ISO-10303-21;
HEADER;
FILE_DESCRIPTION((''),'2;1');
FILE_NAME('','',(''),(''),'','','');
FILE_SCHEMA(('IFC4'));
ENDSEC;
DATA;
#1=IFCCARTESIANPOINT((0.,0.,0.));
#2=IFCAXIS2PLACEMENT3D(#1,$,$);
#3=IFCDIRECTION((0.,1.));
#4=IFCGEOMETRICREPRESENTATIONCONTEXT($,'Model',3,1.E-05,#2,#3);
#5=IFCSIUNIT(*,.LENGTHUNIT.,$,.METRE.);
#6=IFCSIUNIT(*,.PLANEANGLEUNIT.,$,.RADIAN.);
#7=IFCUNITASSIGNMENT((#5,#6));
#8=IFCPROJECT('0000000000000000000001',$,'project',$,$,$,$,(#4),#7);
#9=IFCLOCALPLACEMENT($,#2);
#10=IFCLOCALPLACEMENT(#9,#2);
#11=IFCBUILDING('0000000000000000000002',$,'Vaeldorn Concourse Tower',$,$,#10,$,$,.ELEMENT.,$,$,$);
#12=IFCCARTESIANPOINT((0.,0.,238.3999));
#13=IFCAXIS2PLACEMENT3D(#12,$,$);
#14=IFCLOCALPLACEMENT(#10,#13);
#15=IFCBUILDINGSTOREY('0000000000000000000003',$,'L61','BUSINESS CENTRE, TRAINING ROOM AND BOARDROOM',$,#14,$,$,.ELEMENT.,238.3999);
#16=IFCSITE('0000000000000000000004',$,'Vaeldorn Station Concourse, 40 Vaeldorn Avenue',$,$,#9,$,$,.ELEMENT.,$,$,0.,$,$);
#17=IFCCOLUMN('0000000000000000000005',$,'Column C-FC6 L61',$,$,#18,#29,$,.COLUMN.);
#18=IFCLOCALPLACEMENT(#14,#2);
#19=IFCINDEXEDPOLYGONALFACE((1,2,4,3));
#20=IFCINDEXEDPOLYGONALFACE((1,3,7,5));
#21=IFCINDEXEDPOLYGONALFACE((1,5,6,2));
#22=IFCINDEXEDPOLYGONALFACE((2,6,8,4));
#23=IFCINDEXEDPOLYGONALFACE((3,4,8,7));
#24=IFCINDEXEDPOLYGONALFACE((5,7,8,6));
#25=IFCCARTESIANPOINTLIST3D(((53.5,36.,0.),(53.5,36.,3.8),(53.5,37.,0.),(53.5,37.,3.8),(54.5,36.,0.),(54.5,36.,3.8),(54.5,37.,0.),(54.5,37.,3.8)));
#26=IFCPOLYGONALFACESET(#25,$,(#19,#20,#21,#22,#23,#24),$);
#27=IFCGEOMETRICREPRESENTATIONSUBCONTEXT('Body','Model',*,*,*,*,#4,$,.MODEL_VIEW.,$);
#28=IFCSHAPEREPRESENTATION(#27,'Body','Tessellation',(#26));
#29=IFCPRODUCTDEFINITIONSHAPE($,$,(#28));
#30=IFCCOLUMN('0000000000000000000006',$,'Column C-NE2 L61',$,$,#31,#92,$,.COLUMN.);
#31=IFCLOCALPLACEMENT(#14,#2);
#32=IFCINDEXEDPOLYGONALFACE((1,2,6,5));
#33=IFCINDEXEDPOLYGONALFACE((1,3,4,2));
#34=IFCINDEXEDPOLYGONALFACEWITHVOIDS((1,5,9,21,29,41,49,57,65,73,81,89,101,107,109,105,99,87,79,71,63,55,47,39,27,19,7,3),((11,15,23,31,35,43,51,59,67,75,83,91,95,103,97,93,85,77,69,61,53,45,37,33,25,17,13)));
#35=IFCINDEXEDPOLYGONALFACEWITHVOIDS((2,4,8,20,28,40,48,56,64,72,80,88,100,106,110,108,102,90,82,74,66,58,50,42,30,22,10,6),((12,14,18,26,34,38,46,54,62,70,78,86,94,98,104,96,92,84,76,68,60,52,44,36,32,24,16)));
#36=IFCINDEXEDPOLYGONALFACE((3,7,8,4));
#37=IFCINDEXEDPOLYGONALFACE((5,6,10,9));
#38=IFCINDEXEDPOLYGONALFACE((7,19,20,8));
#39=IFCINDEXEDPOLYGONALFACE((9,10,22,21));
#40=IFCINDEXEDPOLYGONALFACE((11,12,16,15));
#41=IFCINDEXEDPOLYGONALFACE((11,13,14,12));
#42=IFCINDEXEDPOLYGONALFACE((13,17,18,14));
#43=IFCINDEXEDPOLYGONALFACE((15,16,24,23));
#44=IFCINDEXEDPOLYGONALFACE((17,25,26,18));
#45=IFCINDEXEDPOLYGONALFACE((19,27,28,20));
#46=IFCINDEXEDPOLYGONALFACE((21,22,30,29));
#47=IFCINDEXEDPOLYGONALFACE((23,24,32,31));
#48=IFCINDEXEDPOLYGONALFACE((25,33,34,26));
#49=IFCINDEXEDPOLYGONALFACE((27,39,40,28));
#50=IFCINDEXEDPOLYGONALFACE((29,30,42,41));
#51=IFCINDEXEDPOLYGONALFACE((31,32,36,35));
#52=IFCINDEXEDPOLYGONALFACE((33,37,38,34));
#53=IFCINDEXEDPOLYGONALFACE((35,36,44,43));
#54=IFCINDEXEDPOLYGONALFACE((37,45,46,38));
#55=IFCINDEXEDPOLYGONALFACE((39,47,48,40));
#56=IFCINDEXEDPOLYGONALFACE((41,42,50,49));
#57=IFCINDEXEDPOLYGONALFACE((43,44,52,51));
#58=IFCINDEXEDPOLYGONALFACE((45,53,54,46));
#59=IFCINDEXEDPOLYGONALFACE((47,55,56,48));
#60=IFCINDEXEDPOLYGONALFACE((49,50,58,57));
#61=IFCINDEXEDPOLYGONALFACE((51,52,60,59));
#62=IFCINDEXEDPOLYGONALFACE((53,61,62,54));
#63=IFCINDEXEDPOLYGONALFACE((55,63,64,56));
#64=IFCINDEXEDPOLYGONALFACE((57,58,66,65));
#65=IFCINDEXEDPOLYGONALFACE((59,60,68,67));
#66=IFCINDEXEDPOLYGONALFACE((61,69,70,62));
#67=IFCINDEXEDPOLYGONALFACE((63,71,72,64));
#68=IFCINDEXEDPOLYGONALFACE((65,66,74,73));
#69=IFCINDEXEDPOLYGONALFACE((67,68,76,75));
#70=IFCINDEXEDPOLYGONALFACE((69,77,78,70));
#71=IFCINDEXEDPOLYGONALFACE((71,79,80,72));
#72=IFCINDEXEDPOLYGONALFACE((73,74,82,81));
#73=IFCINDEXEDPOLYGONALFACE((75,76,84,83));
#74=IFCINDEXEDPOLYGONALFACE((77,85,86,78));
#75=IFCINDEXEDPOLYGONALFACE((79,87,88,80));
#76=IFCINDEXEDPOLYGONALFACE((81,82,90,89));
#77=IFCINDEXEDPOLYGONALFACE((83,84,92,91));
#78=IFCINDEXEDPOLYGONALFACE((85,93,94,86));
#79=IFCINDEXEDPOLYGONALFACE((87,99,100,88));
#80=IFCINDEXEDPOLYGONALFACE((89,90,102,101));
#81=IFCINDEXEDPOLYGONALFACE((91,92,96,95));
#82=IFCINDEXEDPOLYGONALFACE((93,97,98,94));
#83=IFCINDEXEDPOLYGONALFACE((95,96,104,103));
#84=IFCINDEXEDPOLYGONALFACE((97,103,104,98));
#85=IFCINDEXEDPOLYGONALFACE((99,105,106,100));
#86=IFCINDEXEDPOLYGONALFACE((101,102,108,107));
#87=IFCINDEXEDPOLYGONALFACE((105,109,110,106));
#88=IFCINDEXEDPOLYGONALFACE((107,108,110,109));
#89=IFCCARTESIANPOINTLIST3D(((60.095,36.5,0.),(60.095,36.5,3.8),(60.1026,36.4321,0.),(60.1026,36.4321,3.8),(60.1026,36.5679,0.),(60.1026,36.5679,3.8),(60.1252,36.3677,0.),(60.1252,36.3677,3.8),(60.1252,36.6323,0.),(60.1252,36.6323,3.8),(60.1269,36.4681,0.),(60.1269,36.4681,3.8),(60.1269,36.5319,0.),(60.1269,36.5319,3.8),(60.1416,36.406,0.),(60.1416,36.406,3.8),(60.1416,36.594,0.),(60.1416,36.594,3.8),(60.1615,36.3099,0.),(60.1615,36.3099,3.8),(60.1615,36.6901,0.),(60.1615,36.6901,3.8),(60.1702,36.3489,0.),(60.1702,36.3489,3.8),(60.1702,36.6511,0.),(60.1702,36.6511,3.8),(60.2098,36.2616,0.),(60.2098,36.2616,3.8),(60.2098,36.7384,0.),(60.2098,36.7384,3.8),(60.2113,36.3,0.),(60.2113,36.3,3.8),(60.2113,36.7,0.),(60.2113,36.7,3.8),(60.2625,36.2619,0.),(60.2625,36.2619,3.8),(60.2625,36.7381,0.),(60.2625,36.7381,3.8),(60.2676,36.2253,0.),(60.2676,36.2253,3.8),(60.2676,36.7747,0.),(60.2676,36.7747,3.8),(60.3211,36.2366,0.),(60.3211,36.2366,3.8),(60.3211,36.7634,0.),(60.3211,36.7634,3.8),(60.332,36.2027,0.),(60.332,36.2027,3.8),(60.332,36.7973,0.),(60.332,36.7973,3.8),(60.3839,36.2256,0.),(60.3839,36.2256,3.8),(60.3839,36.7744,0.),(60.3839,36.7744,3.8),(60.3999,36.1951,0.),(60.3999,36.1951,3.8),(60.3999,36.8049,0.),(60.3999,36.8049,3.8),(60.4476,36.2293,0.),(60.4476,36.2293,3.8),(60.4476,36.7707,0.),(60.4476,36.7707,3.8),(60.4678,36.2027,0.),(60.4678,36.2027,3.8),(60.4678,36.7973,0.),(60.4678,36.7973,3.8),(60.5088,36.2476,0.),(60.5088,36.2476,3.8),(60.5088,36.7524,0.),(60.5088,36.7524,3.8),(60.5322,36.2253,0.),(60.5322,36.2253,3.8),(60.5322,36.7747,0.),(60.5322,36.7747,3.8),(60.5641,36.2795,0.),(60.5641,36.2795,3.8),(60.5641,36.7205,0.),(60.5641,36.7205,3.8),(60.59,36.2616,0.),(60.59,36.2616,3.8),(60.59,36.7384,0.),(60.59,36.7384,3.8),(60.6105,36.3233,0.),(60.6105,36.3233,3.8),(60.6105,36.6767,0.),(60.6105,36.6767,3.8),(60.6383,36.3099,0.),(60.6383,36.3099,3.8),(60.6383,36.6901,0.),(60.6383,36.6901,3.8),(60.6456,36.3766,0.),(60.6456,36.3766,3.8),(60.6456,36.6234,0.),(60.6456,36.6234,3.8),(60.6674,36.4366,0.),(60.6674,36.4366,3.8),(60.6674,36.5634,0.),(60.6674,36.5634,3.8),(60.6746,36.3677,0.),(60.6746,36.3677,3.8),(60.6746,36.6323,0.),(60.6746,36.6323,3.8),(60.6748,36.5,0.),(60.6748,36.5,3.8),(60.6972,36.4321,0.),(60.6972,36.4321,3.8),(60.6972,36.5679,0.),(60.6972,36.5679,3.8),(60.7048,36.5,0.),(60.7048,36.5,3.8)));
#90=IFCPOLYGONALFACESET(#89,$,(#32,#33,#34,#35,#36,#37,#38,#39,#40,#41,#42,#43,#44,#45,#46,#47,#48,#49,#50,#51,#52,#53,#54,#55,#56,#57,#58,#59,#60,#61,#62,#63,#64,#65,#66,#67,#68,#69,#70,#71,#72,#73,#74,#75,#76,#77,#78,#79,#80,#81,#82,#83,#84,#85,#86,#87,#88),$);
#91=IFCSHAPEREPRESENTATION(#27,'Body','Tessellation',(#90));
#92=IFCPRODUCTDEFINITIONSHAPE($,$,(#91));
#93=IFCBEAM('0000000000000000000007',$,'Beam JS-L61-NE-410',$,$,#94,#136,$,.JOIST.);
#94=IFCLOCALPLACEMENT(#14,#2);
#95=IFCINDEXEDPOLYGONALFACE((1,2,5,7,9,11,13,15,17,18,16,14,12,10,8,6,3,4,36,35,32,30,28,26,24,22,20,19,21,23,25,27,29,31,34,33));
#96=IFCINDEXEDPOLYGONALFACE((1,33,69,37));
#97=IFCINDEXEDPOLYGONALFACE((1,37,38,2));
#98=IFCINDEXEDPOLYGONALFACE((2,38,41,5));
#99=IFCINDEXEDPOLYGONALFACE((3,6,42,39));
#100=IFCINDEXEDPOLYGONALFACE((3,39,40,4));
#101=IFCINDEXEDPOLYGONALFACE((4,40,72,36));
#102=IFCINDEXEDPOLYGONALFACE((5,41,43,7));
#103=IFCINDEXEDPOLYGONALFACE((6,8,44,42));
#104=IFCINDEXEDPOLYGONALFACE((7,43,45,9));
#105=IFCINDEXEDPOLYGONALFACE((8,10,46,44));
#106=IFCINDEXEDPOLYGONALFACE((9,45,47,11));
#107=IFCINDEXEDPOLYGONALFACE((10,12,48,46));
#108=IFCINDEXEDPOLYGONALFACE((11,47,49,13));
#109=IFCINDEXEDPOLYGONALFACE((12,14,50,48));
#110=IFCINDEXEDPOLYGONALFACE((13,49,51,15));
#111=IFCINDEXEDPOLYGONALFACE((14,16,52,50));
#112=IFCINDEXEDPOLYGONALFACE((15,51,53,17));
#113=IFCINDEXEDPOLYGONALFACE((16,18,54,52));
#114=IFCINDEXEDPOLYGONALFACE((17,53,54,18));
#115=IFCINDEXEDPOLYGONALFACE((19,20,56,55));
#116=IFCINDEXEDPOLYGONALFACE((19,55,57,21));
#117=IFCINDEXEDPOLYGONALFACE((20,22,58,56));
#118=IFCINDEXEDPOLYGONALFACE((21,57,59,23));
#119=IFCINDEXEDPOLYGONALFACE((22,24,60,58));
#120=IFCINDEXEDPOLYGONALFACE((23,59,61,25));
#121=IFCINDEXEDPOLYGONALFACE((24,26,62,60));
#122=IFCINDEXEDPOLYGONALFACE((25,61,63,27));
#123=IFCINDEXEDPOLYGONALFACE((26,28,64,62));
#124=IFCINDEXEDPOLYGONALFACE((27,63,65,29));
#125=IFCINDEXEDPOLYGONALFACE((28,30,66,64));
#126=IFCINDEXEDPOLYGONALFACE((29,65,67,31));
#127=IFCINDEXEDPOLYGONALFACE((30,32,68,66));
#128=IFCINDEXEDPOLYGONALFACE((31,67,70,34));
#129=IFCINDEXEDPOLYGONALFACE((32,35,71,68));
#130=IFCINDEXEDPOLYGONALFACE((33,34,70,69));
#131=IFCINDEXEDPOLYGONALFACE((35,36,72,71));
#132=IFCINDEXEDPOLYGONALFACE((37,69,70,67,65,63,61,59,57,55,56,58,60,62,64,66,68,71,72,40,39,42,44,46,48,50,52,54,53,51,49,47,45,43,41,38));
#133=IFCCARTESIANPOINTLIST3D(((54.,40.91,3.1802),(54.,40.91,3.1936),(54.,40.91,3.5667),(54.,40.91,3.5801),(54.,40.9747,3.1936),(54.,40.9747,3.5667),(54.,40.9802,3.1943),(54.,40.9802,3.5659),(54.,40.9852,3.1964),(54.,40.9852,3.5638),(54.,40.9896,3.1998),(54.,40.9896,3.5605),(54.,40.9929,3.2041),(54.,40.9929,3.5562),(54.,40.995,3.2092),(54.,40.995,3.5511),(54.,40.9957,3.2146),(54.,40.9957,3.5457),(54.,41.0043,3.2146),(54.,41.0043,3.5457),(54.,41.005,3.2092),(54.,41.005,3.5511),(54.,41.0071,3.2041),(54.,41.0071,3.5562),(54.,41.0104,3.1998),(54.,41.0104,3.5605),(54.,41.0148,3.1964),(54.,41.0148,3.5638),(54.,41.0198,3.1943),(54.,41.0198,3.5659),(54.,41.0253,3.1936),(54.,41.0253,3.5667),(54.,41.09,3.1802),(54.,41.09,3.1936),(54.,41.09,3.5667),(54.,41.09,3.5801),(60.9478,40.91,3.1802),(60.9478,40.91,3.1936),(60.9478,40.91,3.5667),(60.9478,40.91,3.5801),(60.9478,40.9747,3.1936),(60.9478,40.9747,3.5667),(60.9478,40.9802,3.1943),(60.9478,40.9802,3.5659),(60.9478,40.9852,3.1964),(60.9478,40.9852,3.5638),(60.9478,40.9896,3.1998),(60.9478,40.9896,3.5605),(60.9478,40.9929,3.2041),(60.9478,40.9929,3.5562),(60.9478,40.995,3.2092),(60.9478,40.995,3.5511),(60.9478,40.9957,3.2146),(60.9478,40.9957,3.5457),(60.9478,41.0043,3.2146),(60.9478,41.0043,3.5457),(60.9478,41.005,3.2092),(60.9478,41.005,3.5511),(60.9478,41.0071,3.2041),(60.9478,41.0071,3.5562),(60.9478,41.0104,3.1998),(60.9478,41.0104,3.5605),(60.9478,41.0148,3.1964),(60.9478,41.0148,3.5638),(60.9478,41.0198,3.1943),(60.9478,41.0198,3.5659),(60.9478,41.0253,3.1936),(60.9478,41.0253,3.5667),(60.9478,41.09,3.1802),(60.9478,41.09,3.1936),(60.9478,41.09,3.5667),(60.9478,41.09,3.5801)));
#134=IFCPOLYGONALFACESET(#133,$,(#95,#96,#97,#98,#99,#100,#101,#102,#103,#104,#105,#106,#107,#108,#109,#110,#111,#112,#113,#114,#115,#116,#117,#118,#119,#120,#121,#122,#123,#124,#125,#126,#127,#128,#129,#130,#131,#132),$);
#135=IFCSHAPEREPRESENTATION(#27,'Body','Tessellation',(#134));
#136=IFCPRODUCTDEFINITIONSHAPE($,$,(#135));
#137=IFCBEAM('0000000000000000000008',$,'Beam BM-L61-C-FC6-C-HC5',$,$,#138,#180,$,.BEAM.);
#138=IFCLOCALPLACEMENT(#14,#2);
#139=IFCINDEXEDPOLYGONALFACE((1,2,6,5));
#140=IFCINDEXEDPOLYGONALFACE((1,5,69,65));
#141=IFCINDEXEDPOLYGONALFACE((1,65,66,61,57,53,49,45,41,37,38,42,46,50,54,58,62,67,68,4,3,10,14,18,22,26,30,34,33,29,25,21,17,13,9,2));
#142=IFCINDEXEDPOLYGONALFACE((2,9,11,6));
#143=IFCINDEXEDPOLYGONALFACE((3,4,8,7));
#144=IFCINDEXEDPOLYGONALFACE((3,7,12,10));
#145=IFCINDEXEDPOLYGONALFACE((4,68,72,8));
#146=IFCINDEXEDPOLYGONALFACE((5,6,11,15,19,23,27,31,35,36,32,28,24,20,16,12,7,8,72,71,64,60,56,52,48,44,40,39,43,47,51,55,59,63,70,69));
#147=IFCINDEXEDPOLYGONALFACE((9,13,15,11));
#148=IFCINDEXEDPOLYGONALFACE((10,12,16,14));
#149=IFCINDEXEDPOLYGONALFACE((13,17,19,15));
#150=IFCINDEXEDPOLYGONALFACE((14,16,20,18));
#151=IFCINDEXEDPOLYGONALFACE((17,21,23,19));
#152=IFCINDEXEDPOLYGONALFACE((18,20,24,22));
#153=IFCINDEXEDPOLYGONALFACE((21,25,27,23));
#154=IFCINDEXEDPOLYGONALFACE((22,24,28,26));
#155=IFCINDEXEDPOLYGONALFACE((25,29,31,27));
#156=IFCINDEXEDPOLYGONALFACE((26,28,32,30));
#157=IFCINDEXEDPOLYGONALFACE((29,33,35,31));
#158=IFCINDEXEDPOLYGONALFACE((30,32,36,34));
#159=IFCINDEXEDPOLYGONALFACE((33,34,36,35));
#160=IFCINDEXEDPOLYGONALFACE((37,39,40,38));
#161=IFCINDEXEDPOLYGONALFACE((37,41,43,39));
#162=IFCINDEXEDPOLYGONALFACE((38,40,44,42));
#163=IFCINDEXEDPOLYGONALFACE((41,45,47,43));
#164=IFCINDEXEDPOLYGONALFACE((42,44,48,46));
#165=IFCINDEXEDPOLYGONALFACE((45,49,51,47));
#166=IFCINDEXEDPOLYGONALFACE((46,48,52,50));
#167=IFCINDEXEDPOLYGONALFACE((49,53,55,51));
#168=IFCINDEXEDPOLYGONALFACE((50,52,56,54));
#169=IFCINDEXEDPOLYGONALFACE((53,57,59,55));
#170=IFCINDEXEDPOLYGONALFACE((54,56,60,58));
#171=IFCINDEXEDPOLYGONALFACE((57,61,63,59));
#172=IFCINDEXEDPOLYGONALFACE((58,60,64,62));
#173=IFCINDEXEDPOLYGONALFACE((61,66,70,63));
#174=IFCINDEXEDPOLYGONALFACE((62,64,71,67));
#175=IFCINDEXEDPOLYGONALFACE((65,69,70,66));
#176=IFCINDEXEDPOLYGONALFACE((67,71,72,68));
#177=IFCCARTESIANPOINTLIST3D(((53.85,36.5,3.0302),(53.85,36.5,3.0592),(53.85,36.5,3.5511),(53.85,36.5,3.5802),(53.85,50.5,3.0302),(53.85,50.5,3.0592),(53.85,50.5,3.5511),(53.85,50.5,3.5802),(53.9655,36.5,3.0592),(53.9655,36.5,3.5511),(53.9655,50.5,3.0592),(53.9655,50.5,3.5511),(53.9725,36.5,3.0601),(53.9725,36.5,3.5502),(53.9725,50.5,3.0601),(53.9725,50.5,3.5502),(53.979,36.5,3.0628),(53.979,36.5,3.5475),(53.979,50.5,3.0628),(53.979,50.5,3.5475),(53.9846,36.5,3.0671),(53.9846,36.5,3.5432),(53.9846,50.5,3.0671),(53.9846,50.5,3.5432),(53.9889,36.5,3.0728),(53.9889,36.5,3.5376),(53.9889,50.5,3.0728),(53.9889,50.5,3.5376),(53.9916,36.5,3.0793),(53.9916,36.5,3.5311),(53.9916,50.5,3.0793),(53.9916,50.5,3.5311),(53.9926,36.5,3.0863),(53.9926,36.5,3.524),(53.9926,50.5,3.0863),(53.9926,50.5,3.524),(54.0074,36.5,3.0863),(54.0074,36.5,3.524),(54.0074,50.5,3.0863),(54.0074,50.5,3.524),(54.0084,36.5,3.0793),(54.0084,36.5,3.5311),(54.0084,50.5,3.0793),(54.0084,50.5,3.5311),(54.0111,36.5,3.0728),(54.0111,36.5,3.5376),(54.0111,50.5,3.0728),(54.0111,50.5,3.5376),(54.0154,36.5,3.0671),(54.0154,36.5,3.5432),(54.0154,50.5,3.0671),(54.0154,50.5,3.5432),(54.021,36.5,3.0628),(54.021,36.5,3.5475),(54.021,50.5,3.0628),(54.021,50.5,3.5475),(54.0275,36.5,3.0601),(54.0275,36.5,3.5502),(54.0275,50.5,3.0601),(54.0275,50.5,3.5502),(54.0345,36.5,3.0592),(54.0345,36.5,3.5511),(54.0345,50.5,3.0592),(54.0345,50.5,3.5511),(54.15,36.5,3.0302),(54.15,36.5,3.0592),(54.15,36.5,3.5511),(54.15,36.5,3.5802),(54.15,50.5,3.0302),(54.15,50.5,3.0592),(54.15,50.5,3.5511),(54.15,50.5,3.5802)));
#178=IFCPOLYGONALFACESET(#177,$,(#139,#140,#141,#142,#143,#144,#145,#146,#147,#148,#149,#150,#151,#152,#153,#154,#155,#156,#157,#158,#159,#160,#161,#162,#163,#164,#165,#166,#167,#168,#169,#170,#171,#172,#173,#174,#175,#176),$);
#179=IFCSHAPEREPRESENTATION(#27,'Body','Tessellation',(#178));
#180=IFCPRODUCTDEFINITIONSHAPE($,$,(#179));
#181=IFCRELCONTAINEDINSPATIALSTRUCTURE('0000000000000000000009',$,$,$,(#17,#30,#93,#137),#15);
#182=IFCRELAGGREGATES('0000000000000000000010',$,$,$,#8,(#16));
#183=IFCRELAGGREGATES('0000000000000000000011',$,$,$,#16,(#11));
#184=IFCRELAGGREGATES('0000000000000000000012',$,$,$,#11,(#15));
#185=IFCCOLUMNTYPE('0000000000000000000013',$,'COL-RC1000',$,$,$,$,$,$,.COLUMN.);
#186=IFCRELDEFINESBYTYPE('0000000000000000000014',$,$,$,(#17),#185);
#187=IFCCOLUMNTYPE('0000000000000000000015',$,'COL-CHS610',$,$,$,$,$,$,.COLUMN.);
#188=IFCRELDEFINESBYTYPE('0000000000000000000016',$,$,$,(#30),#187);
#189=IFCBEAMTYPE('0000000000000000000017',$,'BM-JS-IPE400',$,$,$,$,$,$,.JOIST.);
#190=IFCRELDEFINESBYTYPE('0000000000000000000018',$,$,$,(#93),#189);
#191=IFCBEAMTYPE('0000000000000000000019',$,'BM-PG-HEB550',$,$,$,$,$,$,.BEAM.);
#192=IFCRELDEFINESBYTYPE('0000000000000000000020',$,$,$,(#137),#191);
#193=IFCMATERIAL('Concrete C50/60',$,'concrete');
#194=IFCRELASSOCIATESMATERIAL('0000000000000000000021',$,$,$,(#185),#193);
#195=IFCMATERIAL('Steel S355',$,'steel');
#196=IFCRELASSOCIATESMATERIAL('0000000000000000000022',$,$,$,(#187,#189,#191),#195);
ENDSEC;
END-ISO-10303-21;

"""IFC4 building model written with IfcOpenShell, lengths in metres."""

from ifc_helpers import new_model, si_unit, direction, frame, origin, origin_2d, place, context, subcontext, project, spatial, rectangle, hollow_circle, i_section, extrude, source, transform, mapped, material, material_profile, profile_set, type_object, element, save


model = new_model("IFC4")

# Units and contexts
model_context = context("Model", 3, precision=1e-05, world=origin(), true_north=direction((0.0, 1.0)))
body_context = subcontext(model_context, "Body", "Model", "MODEL_VIEW")
ifc_project = project(units=[si_unit("LENGTHUNIT", "METRE"), si_unit("PLANEANGLEUNIT", "RADIAN")], contexts=[model_context])

# Site, building, storey
site_placement = place(None, origin())
site = spatial("IfcSite", under=ifc_project, at=site_placement, Name="Vaeldorn Station Concourse, 40 Vaeldorn Avenue", CompositionType="ELEMENT", RefElevation=0.0)
building_placement = place(site_placement, origin())
building = spatial("IfcBuilding", under=site, at=building_placement, Name="Vaeldorn Concourse Tower", CompositionType="ELEMENT")
storey_placement = place(building_placement, frame((0.0, 0.0, 238.3999)))
storey = spatial("IfcBuildingStorey", under=building, at=storey_placement, Name="L61", Description="BUSINESS CENTRE, TRAINING ROOM AND BOARDROOM", CompositionType="ELEMENT", Elevation=238.3999)

# Columns
ifc_material_1 = material(Name="Concrete C50/60", Category="concrete")
ifc_material_profile_1 = material_profile(ifc_material_1, rectangle(XDim=1.0, YDim=1.0, at=origin_2d()), Name="RC 1000x1000")
ifc_profile_set_1 = profile_set([ifc_material_profile_1], Name="Concrete C50/60")
column_type_1 = type_object("IfcColumnType", Name="COL-RC1000", PredefinedType="COLUMN", material=ifc_profile_set_1)
shared_shape_1 = source(origin(), body_context, "Body", "SweptSolid", [
    extrude(rectangle(XDim=1.0, YDim=1.0, at=origin_2d()), origin(), (0.0, 0.0, 1.0), 3.8),
])
column_1_placement = place(storey_placement, frame((54.0, 36.5, 0.0), z_axis=(0.0, 0.0, 1.0), x_axis=(1.0, 0.0, 0.0)))
element("IfcColumn", 1, at=column_1_placement, inside=storey, type_object=column_type_1, Name="Column C-FC6 L61", PredefinedType="COLUMN", context=body_context, shape_type="MappedRepresentation", body=[
    mapped(shared_shape_1, transform((0.0, 0.0, 0.0), scale=1.0)),
])
ifc_material_2 = material(Name="Steel S355", Category="steel")
ifc_material_profile_2 = material_profile(ifc_material_2, hollow_circle(Radius=0.3049, WallThickness=0.03, at=origin_2d()), Name="CHS 610x30")
ifc_profile_set_2 = profile_set([ifc_material_profile_2], Name="Steel S355")
column_type_2 = type_object("IfcColumnType", Name="COL-CHS610", PredefinedType="COLUMN", material=ifc_profile_set_2)
shared_shape_2 = source(origin(), body_context, "Body", "SweptSolid", [
    extrude(hollow_circle(Radius=0.3049, WallThickness=0.03, at=origin_2d()), origin(), (0.0, 0.0, 1.0), 3.8),
])
column_2_placement = place(storey_placement, frame((60.3999, 36.5, 0.0), z_axis=(0.0, 0.0, 1.0), x_axis=(1.0, 0.0, 0.0)))
element("IfcColumn", 2, at=column_2_placement, inside=storey, type_object=column_type_2, Name="Column C-NE2 L61", PredefinedType="COLUMN", context=body_context, shape_type="MappedRepresentation", body=[
    mapped(shared_shape_2, transform((0.0, 0.0, 0.0), scale=1.0)),
])

# Beams
ifc_material_profile_3 = material_profile(ifc_material_2, i_section(OverallWidth=0.1799, OverallDepth=0.3999, WebThickness=0.0085, FlangeThickness=0.0134, FilletRadius=0.021, at=origin_2d()), Name="IPE 400")
ifc_profile_set_3 = profile_set([ifc_material_profile_3], Name="Steel S355")
beam_type_1 = type_object("IfcBeamType", Name="BM-JS-IPE400", PredefinedType="JOIST", material=ifc_profile_set_3)
shared_shape_3 = source(origin(), body_context, "Body", "SweptSolid", [
    extrude(i_section(OverallWidth=0.1799, OverallDepth=0.3999, WebThickness=0.0085, FlangeThickness=0.0134, FilletRadius=0.021, at=origin_2d()), origin(), (0.0, 0.0, 1.0), 6.9478),
])
beam_1_placement = place(storey_placement, frame((54.0, 41.0, 3.3801), z_axis=(1.0, 0.0, 0.0), x_axis=(0.0, 1.0, 0.0)))
element("IfcBeam", 3, at=beam_1_placement, inside=storey, type_object=beam_type_1, Name="Beam JS-L61-NE-410", PredefinedType="JOIST", context=body_context, shape_type="MappedRepresentation", body=[
    mapped(shared_shape_3, transform((0.0, 0.0, 0.0), scale=1.0)),
])
ifc_material_profile_4 = material_profile(ifc_material_2, i_section(OverallWidth=0.3, OverallDepth=0.55, WebThickness=0.0149, FlangeThickness=0.0291, FilletRadius=0.0271, at=origin_2d()), Name="HEB 550")
ifc_profile_set_4 = profile_set([ifc_material_profile_4], Name="Steel S355")
beam_type_2 = type_object("IfcBeamType", Name="BM-PG-HEB550", PredefinedType="BEAM", material=ifc_profile_set_4)
shared_shape_4 = source(origin(), body_context, "Body", "SweptSolid", [
    extrude(i_section(OverallWidth=0.3, OverallDepth=0.55, WebThickness=0.0149, FlangeThickness=0.0291, FilletRadius=0.0271, at=origin_2d()), origin(), (0.0, 0.0, 1.0), 14.0),
])
beam_2_placement = place(storey_placement, frame((54.0, 36.5, 3.3052), z_axis=(0.0, 1.0, 0.0), x_axis=(-1.0, 0.0, 0.0)))
element("IfcBeam", 4, at=beam_2_placement, inside=storey, type_object=beam_type_2, Name="Beam BM-L61-C-FC6-C-HC5", PredefinedType="BEAM", context=body_context, shape_type="MappedRepresentation", body=[
    mapped(shared_shape_4, transform((0.0, 0.0, 0.0), scale=1.0)),
])

save(model, "model.ifc")
